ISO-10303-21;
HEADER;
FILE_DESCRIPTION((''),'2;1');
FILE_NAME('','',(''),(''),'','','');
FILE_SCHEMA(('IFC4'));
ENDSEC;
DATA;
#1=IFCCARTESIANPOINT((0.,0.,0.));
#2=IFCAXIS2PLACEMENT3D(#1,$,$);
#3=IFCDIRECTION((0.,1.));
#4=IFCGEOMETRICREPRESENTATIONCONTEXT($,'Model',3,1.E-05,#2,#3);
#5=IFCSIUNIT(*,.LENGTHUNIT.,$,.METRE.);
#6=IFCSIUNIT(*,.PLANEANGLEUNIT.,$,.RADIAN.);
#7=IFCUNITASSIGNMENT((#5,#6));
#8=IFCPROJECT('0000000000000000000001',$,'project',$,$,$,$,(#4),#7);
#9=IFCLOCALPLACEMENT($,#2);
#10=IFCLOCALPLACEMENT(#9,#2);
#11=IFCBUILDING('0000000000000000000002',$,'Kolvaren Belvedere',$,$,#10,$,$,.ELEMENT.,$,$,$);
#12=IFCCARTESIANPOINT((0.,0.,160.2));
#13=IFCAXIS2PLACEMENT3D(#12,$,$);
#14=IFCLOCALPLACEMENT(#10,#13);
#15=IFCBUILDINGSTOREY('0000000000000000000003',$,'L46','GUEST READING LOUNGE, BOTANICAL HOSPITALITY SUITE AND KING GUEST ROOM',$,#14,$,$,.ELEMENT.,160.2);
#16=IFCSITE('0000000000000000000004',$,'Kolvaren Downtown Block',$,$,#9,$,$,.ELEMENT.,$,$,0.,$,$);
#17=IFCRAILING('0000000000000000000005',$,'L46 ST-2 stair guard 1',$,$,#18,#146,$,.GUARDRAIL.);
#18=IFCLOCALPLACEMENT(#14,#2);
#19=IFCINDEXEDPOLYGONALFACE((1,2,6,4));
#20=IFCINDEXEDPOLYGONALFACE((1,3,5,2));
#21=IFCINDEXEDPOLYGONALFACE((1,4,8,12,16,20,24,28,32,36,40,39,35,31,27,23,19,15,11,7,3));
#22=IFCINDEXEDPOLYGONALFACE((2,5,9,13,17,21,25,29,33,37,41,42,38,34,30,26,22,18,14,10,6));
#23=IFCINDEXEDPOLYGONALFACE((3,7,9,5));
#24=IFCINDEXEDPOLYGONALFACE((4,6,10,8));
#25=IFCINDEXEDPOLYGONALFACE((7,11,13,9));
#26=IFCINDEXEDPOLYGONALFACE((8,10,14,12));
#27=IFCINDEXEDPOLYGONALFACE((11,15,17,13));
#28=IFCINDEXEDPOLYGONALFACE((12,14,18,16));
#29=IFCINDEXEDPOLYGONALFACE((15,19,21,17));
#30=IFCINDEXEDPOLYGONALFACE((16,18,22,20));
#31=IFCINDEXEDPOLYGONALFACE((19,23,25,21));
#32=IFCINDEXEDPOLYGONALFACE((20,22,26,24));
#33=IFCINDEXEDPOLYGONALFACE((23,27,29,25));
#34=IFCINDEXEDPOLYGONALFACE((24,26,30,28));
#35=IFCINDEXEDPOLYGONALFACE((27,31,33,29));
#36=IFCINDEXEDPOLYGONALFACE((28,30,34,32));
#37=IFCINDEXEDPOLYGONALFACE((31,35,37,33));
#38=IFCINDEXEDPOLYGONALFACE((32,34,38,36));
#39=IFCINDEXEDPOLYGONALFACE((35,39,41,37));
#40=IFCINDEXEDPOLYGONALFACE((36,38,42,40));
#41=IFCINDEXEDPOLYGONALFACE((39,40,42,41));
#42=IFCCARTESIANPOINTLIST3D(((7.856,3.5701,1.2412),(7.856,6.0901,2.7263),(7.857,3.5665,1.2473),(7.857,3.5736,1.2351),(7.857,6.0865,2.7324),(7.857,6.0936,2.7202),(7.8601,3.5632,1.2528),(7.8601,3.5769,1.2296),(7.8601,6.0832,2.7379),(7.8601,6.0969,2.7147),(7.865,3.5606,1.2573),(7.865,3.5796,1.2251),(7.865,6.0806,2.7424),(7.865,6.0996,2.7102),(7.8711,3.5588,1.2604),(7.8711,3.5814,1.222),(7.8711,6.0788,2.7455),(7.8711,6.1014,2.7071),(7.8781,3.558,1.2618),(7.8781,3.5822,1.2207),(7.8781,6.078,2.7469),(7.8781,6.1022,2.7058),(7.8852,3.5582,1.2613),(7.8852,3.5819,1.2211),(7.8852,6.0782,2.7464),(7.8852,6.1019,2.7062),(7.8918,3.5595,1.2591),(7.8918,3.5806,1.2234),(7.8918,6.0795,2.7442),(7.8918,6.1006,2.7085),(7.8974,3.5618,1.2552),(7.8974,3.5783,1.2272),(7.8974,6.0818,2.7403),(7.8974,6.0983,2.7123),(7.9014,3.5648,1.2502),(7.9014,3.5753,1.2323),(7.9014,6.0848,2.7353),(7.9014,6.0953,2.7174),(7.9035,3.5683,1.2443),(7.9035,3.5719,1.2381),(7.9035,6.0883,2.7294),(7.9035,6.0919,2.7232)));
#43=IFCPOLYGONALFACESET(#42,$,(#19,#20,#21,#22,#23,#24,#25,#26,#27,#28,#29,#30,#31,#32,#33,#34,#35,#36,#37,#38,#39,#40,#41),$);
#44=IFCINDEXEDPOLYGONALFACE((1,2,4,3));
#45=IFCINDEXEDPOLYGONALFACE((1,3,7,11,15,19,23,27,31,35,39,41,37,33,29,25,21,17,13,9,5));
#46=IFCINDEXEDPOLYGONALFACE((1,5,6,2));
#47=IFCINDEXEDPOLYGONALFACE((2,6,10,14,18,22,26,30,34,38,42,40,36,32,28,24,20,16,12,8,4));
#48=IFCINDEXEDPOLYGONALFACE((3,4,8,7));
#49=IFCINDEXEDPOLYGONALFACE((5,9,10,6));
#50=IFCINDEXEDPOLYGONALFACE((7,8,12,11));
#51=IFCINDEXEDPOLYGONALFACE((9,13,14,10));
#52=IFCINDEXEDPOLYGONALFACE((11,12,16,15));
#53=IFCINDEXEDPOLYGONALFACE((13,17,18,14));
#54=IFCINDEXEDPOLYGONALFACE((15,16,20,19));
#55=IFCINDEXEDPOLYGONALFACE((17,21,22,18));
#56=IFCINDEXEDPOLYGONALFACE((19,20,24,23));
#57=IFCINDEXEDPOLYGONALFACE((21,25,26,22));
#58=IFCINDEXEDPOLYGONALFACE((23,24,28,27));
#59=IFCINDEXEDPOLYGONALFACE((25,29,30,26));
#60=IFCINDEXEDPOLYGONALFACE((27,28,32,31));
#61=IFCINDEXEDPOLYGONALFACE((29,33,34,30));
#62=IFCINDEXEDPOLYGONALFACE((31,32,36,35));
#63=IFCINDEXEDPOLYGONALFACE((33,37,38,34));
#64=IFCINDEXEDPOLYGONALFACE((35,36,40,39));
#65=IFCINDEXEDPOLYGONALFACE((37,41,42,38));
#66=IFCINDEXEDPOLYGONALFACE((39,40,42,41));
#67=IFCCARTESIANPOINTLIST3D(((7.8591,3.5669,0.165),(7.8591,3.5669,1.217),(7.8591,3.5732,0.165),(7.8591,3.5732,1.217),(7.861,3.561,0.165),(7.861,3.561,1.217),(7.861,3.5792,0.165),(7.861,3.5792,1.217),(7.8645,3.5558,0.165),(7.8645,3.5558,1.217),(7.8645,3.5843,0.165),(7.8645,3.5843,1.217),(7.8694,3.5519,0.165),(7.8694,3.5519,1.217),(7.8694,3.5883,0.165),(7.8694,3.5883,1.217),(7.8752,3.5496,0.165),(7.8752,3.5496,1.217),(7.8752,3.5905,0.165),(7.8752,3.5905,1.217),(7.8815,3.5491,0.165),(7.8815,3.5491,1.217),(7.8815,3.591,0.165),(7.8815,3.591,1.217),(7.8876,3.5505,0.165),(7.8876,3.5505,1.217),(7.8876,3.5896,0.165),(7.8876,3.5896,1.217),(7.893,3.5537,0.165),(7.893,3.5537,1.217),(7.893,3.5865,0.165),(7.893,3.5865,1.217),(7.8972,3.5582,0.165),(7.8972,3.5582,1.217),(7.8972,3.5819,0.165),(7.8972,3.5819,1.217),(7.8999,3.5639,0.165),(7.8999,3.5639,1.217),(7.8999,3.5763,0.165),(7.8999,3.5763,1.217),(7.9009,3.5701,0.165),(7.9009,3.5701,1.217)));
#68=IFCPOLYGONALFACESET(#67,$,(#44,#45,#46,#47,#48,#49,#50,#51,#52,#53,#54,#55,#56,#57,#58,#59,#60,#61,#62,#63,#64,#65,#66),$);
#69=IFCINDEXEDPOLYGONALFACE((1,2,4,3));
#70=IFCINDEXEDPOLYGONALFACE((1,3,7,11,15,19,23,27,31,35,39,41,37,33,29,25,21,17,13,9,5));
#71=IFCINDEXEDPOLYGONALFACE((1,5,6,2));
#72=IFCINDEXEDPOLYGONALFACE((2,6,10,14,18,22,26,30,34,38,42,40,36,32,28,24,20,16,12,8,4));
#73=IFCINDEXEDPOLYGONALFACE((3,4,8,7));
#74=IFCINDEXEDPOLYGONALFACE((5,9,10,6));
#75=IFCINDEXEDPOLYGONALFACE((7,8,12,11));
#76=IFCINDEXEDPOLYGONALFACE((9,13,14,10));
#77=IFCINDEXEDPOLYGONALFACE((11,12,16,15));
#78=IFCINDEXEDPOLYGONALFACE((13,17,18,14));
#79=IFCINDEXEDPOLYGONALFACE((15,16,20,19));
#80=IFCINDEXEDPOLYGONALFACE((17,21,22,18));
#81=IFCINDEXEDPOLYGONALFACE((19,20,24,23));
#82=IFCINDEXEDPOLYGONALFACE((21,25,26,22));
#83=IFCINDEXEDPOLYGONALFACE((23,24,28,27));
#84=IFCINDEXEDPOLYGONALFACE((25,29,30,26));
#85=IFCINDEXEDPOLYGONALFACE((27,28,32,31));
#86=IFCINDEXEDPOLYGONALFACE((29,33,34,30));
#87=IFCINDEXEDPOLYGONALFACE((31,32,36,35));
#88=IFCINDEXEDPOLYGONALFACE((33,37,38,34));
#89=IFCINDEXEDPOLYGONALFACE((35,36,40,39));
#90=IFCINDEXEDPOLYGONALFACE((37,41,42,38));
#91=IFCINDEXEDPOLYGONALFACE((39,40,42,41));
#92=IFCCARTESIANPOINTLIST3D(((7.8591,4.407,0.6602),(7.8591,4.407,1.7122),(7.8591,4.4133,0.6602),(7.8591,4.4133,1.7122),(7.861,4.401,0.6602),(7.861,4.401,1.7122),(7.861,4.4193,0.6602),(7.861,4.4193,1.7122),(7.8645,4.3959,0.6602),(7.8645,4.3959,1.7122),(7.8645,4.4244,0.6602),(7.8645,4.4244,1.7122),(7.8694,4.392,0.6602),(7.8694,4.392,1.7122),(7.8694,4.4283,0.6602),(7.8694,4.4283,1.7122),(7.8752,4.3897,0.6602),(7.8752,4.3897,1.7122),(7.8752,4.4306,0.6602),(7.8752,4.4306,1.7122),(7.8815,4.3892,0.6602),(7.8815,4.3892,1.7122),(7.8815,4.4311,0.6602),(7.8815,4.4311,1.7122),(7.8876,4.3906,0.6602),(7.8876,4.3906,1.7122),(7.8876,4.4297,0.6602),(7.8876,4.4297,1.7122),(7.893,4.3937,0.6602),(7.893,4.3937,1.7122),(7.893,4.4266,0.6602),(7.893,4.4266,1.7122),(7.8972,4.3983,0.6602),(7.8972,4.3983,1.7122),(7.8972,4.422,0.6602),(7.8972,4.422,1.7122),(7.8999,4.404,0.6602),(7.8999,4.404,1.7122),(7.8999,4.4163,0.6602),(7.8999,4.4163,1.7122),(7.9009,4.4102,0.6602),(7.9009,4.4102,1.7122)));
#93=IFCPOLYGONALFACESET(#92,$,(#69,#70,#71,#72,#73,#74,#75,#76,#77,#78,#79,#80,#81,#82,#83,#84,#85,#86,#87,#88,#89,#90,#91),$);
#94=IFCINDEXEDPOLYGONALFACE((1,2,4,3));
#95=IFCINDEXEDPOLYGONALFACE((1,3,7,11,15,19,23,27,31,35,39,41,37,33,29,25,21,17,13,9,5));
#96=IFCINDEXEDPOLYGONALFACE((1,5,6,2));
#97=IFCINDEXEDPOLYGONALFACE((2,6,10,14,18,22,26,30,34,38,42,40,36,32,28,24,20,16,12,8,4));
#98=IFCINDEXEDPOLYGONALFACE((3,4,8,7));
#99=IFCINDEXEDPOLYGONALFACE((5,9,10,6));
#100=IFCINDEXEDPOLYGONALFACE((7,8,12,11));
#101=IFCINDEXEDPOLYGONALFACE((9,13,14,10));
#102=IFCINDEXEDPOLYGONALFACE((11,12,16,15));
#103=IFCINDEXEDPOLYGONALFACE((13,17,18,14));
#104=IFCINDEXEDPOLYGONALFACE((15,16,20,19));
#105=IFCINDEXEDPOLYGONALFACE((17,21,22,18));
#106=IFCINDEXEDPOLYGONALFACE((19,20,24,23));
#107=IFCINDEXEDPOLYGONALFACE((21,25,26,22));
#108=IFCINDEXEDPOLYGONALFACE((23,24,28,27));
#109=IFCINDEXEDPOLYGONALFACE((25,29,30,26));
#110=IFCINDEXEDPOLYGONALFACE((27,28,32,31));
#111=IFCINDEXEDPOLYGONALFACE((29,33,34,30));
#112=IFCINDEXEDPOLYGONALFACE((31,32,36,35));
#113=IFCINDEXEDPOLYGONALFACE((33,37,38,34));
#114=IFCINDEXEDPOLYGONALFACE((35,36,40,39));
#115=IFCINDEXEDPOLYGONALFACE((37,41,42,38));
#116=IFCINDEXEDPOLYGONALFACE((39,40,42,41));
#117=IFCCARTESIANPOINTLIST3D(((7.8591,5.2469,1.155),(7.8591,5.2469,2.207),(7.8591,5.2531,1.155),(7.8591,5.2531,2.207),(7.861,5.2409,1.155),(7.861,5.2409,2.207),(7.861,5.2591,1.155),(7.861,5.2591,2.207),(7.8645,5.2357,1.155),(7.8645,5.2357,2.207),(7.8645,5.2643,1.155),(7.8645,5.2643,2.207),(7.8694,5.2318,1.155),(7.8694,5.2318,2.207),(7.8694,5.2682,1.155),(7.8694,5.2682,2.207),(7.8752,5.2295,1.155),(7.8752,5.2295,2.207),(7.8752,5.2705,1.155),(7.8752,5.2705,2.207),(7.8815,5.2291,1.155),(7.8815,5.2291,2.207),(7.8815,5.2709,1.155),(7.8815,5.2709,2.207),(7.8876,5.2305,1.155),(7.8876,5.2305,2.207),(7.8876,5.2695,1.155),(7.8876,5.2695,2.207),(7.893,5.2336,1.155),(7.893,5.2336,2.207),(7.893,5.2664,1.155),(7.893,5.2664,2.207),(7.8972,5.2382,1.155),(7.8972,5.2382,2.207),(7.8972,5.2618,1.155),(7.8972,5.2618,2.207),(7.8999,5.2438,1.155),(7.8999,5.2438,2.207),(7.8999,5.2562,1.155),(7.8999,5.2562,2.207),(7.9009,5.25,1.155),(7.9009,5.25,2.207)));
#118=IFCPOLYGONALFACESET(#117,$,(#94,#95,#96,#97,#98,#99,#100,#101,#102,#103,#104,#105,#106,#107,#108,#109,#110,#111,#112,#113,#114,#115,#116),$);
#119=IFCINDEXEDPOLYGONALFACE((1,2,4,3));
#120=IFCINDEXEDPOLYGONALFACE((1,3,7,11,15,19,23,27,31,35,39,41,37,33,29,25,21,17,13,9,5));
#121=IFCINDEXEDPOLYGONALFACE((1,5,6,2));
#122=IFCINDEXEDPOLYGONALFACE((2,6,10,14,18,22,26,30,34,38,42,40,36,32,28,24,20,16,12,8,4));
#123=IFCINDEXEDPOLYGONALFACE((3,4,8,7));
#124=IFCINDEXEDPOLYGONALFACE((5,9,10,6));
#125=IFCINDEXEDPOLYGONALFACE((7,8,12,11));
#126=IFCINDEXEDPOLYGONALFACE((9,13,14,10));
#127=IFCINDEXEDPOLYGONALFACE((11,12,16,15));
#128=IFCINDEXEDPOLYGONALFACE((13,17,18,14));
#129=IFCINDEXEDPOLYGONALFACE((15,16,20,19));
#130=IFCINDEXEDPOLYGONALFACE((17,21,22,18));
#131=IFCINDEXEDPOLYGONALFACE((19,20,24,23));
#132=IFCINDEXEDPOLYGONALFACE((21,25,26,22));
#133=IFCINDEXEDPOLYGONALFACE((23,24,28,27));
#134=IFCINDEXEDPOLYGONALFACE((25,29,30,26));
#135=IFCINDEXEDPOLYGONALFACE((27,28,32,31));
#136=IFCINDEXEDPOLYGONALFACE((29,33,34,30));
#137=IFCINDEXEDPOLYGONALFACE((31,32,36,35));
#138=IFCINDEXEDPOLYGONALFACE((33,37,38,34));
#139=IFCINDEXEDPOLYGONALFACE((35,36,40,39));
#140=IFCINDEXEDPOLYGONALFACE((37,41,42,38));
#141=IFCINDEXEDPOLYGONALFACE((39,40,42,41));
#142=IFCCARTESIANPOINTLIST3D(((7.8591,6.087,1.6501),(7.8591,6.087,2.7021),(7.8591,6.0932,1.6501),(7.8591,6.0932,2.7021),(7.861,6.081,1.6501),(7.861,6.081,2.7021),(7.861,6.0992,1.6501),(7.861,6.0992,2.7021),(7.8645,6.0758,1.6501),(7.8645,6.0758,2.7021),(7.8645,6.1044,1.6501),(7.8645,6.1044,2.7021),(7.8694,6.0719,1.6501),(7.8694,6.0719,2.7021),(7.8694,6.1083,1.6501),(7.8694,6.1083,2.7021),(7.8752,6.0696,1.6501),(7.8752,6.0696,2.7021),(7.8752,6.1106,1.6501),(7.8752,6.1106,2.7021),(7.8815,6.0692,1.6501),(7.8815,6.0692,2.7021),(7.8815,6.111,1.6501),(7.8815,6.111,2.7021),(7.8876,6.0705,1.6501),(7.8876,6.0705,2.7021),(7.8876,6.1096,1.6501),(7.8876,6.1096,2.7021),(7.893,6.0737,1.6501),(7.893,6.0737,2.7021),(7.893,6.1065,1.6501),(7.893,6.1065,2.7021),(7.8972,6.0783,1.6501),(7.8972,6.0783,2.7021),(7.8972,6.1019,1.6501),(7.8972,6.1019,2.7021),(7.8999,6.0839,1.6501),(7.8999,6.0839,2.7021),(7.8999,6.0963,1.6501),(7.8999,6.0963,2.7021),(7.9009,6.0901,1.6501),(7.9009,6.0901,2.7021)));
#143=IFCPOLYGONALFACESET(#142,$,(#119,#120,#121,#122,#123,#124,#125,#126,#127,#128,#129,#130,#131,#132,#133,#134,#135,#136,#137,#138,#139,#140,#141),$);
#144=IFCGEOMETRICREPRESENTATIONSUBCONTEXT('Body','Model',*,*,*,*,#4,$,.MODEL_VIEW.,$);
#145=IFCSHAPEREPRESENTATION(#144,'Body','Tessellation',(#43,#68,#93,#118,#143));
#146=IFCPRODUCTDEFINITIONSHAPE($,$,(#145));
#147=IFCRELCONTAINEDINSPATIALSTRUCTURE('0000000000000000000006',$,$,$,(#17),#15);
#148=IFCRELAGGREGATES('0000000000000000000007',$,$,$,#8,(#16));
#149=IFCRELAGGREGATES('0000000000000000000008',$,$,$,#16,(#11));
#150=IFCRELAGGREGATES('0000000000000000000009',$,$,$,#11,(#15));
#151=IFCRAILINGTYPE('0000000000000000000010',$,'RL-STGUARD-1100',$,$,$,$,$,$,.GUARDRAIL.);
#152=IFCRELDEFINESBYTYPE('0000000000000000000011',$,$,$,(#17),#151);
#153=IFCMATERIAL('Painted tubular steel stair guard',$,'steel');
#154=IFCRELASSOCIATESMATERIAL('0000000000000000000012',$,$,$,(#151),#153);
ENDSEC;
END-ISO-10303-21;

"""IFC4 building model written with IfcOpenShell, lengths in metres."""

from ifc_helpers import new_model, si_unit, direction, frame, origin, origin_2d, place, context, subcontext, project, spatial, circle, extrude, material, type_object, element, save


model = new_model("IFC4")

# Units and contexts
model_context = context("Model", 3, precision=1e-05, world=origin(), true_north=direction((0.0, 1.0)))
body_context = subcontext(model_context, "Body", "Model", "MODEL_VIEW")
ifc_project = project(units=[si_unit("LENGTHUNIT", "METRE"), si_unit("PLANEANGLEUNIT", "RADIAN")], contexts=[model_context])

# Site, building, storey
site_placement = place(None, origin())
site = spatial("IfcSite", under=ifc_project, at=site_placement, Name="Kolvaren Downtown Block", CompositionType="ELEMENT", RefElevation=0.0)
building_placement = place(site_placement, origin())
building = spatial("IfcBuilding", under=site, at=building_placement, Name="Kolvaren Belvedere", CompositionType="ELEMENT")
storey_placement = place(building_placement, frame((0.0, 0.0, 160.2)))
storey = spatial("IfcBuildingStorey", under=building, at=storey_placement, Name="L46", Description="GUEST READING LOUNGE, BOTANICAL HOSPITALITY SUITE AND KING GUEST ROOM", CompositionType="ELEMENT", Elevation=160.2)

# Railing
ifc_material_1 = material(Name="Painted tubular steel stair guard", Category="steel")
railing_type_1 = type_object("IfcRailingType", Name="RL-STGUARD-1100", PredefinedType="GUARDRAIL", material=ifc_material_1)
railing_1_placement = place(storey_placement, frame((7.8799, 3.5701, 0.165)))
element("IfcRailing", 1, at=railing_1_placement, inside=storey, type_object=railing_type_1, Name="L46 ST-2 stair guard 1", PredefinedType="GUARDRAIL", context=body_context, shape_type="SweptSolid", body=[
    extrude(circle(Radius=0.0239, at=origin_2d()), frame((0.0, 0.0, 1.0762), z_axis=(0.0, 0.861524, 0.507717), x_axis=(-1.0, 0.0, 0.0)), (0.0, 0.0, 1.0), 2.925),
    extrude(circle(Radius=0.021, at=origin_2d()), origin(), (0.0, 0.0, 1.0), 1.052),
    extrude(circle(Radius=0.021, at=origin_2d()), frame((0.0, 0.8401, 0.4951)), (0.0, 0.0, 1.0), 1.052),
    extrude(circle(Radius=0.021, at=origin_2d()), frame((0.0, 1.6799, 0.99)), (0.0, 0.0, 1.0), 1.052),
    extrude(circle(Radius=0.021, at=origin_2d()), frame((0.0, 2.52, 1.4851)), (0.0, 0.0, 1.0), 1.052),
])

save(model, "model.ifc")
